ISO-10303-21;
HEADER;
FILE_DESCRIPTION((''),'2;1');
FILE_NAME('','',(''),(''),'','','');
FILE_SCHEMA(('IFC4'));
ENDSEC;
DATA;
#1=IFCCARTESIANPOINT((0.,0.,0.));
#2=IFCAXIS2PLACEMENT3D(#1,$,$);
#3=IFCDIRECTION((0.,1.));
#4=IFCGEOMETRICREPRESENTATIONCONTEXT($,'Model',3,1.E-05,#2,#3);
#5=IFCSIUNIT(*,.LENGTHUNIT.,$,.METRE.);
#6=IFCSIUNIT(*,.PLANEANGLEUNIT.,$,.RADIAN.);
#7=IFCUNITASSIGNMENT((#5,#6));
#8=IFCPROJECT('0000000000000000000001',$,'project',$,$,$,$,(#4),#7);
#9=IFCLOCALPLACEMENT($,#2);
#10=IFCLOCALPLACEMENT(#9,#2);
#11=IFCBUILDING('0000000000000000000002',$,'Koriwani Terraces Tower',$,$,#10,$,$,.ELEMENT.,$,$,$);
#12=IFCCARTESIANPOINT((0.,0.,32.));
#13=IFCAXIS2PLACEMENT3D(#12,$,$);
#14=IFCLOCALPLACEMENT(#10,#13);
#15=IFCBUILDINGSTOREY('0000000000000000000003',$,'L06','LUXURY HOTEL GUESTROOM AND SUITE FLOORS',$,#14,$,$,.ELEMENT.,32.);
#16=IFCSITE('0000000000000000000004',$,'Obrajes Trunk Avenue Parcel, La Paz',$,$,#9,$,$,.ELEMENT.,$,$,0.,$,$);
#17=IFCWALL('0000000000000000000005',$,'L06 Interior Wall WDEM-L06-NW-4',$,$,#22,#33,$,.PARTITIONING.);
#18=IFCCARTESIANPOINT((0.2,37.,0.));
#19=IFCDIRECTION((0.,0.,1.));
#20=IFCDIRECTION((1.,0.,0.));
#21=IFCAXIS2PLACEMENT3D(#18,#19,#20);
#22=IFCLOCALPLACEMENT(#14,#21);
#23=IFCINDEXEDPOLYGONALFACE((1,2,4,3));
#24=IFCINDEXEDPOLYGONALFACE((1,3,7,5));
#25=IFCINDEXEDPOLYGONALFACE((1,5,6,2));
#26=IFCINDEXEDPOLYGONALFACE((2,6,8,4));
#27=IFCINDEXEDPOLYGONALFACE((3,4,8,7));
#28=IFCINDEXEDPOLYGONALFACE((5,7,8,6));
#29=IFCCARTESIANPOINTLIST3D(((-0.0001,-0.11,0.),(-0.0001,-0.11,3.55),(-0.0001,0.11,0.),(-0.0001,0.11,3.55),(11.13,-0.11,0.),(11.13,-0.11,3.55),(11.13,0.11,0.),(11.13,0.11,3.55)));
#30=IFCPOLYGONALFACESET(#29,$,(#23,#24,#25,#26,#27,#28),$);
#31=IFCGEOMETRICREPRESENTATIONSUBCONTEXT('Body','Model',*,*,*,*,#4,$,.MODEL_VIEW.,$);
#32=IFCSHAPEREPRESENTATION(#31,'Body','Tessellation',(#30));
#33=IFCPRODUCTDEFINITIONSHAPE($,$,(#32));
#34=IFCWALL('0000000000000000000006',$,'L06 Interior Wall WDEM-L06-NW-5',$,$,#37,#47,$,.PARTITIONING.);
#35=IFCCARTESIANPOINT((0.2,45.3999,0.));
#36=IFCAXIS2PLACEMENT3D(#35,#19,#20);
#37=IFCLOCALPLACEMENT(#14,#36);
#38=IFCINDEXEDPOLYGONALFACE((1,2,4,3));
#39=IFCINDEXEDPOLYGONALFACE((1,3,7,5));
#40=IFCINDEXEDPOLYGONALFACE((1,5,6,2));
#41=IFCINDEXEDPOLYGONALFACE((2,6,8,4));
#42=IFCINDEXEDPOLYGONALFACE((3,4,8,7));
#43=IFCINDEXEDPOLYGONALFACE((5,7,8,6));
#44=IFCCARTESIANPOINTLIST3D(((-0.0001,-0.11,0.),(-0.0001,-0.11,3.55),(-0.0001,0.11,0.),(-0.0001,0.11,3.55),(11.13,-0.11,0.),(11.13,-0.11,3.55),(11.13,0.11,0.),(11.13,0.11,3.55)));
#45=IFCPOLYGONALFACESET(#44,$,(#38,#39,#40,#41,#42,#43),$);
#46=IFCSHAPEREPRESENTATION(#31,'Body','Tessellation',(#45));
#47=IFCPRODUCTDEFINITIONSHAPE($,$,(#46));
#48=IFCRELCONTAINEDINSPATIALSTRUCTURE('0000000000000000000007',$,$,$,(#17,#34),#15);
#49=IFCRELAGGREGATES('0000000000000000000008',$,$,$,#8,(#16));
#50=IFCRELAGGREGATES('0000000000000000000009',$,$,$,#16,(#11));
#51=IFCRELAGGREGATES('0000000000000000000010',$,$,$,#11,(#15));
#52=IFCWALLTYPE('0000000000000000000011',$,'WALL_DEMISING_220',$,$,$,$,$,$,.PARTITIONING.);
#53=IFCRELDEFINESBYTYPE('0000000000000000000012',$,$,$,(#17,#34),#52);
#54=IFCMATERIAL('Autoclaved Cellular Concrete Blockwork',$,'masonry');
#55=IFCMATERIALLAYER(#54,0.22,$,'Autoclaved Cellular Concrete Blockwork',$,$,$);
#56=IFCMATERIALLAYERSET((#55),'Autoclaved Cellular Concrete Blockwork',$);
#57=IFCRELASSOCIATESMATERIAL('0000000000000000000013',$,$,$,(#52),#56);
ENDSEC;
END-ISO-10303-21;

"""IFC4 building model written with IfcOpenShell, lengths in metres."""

from ifc_helpers import new_model, si_unit, direction, frame, frame_2d, origin, place, context, subcontext, project, spatial, rectangle, extrude, material, layer, layer_set, type_object, element, save


model = new_model("IFC4")

# Units and contexts
model_context = context("Model", 3, precision=1e-05, world=origin(), true_north=direction((0.0, 1.0)))
body_context = subcontext(model_context, "Body", "Model", "MODEL_VIEW")
ifc_project = project(units=[si_unit("LENGTHUNIT", "METRE"), si_unit("PLANEANGLEUNIT", "RADIAN")], contexts=[model_context])

# Site, building, storey
site_placement = place(None, origin())
site = spatial("IfcSite", under=ifc_project, at=site_placement, Name="Obrajes Trunk Avenue Parcel, La Paz", CompositionType="ELEMENT", RefElevation=0.0)
building_placement = place(site_placement, origin())
building = spatial("IfcBuilding", under=site, at=building_placement, Name="Koriwani Terraces Tower", CompositionType="ELEMENT")
storey_placement = place(building_placement, frame((0.0, 0.0, 32.0)))
storey = spatial("IfcBuildingStorey", under=building, at=storey_placement, Name="L06", Description="LUXURY HOTEL GUESTROOM AND SUITE FLOORS", CompositionType="ELEMENT", Elevation=32.0)

# Walls
ifc_material_1 = material(Name="Autoclaved Cellular Concrete Blockwork", Category="masonry")
ifc_layer_1 = layer(ifc_material_1, 0.22, Name="Autoclaved Cellular Concrete Blockwork")
ifc_layer_set_1 = layer_set([ifc_layer_1], Name="Autoclaved Cellular Concrete Blockwork")
wall_type_1 = type_object("IfcWallType", Name="WALL_DEMISING_220", PredefinedType="PARTITIONING", material=ifc_layer_set_1)
for number, where, z_axis, x_axis, name in (
    (1, (0.2, 37.0, 0.0), (0.0, 0.0, 1.0), (1.0, 0.0, 0.0), "L06 Interior Wall WDEM-L06-NW-4"),
    (2, (0.2, 45.3999, 0.0), (0.0, 0.0, 1.0), (1.0, 0.0, 0.0), "L06 Interior Wall WDEM-L06-NW-5"),
):
    element("IfcWall", number, at=place(storey_placement, frame(where, z_axis=z_axis, x_axis=x_axis)), inside=storey, type_object=wall_type_1, Name=name, PredefinedType="PARTITIONING", context=body_context, shape_type="SweptSolid", body=[
        extrude(rectangle(XDim=11.1301, YDim=0.22, at=frame_2d((5.5649, 0.0))), origin(), (0.0, 0.0, 1.0), 3.55),
    ])

save(model, "model.ifc")
